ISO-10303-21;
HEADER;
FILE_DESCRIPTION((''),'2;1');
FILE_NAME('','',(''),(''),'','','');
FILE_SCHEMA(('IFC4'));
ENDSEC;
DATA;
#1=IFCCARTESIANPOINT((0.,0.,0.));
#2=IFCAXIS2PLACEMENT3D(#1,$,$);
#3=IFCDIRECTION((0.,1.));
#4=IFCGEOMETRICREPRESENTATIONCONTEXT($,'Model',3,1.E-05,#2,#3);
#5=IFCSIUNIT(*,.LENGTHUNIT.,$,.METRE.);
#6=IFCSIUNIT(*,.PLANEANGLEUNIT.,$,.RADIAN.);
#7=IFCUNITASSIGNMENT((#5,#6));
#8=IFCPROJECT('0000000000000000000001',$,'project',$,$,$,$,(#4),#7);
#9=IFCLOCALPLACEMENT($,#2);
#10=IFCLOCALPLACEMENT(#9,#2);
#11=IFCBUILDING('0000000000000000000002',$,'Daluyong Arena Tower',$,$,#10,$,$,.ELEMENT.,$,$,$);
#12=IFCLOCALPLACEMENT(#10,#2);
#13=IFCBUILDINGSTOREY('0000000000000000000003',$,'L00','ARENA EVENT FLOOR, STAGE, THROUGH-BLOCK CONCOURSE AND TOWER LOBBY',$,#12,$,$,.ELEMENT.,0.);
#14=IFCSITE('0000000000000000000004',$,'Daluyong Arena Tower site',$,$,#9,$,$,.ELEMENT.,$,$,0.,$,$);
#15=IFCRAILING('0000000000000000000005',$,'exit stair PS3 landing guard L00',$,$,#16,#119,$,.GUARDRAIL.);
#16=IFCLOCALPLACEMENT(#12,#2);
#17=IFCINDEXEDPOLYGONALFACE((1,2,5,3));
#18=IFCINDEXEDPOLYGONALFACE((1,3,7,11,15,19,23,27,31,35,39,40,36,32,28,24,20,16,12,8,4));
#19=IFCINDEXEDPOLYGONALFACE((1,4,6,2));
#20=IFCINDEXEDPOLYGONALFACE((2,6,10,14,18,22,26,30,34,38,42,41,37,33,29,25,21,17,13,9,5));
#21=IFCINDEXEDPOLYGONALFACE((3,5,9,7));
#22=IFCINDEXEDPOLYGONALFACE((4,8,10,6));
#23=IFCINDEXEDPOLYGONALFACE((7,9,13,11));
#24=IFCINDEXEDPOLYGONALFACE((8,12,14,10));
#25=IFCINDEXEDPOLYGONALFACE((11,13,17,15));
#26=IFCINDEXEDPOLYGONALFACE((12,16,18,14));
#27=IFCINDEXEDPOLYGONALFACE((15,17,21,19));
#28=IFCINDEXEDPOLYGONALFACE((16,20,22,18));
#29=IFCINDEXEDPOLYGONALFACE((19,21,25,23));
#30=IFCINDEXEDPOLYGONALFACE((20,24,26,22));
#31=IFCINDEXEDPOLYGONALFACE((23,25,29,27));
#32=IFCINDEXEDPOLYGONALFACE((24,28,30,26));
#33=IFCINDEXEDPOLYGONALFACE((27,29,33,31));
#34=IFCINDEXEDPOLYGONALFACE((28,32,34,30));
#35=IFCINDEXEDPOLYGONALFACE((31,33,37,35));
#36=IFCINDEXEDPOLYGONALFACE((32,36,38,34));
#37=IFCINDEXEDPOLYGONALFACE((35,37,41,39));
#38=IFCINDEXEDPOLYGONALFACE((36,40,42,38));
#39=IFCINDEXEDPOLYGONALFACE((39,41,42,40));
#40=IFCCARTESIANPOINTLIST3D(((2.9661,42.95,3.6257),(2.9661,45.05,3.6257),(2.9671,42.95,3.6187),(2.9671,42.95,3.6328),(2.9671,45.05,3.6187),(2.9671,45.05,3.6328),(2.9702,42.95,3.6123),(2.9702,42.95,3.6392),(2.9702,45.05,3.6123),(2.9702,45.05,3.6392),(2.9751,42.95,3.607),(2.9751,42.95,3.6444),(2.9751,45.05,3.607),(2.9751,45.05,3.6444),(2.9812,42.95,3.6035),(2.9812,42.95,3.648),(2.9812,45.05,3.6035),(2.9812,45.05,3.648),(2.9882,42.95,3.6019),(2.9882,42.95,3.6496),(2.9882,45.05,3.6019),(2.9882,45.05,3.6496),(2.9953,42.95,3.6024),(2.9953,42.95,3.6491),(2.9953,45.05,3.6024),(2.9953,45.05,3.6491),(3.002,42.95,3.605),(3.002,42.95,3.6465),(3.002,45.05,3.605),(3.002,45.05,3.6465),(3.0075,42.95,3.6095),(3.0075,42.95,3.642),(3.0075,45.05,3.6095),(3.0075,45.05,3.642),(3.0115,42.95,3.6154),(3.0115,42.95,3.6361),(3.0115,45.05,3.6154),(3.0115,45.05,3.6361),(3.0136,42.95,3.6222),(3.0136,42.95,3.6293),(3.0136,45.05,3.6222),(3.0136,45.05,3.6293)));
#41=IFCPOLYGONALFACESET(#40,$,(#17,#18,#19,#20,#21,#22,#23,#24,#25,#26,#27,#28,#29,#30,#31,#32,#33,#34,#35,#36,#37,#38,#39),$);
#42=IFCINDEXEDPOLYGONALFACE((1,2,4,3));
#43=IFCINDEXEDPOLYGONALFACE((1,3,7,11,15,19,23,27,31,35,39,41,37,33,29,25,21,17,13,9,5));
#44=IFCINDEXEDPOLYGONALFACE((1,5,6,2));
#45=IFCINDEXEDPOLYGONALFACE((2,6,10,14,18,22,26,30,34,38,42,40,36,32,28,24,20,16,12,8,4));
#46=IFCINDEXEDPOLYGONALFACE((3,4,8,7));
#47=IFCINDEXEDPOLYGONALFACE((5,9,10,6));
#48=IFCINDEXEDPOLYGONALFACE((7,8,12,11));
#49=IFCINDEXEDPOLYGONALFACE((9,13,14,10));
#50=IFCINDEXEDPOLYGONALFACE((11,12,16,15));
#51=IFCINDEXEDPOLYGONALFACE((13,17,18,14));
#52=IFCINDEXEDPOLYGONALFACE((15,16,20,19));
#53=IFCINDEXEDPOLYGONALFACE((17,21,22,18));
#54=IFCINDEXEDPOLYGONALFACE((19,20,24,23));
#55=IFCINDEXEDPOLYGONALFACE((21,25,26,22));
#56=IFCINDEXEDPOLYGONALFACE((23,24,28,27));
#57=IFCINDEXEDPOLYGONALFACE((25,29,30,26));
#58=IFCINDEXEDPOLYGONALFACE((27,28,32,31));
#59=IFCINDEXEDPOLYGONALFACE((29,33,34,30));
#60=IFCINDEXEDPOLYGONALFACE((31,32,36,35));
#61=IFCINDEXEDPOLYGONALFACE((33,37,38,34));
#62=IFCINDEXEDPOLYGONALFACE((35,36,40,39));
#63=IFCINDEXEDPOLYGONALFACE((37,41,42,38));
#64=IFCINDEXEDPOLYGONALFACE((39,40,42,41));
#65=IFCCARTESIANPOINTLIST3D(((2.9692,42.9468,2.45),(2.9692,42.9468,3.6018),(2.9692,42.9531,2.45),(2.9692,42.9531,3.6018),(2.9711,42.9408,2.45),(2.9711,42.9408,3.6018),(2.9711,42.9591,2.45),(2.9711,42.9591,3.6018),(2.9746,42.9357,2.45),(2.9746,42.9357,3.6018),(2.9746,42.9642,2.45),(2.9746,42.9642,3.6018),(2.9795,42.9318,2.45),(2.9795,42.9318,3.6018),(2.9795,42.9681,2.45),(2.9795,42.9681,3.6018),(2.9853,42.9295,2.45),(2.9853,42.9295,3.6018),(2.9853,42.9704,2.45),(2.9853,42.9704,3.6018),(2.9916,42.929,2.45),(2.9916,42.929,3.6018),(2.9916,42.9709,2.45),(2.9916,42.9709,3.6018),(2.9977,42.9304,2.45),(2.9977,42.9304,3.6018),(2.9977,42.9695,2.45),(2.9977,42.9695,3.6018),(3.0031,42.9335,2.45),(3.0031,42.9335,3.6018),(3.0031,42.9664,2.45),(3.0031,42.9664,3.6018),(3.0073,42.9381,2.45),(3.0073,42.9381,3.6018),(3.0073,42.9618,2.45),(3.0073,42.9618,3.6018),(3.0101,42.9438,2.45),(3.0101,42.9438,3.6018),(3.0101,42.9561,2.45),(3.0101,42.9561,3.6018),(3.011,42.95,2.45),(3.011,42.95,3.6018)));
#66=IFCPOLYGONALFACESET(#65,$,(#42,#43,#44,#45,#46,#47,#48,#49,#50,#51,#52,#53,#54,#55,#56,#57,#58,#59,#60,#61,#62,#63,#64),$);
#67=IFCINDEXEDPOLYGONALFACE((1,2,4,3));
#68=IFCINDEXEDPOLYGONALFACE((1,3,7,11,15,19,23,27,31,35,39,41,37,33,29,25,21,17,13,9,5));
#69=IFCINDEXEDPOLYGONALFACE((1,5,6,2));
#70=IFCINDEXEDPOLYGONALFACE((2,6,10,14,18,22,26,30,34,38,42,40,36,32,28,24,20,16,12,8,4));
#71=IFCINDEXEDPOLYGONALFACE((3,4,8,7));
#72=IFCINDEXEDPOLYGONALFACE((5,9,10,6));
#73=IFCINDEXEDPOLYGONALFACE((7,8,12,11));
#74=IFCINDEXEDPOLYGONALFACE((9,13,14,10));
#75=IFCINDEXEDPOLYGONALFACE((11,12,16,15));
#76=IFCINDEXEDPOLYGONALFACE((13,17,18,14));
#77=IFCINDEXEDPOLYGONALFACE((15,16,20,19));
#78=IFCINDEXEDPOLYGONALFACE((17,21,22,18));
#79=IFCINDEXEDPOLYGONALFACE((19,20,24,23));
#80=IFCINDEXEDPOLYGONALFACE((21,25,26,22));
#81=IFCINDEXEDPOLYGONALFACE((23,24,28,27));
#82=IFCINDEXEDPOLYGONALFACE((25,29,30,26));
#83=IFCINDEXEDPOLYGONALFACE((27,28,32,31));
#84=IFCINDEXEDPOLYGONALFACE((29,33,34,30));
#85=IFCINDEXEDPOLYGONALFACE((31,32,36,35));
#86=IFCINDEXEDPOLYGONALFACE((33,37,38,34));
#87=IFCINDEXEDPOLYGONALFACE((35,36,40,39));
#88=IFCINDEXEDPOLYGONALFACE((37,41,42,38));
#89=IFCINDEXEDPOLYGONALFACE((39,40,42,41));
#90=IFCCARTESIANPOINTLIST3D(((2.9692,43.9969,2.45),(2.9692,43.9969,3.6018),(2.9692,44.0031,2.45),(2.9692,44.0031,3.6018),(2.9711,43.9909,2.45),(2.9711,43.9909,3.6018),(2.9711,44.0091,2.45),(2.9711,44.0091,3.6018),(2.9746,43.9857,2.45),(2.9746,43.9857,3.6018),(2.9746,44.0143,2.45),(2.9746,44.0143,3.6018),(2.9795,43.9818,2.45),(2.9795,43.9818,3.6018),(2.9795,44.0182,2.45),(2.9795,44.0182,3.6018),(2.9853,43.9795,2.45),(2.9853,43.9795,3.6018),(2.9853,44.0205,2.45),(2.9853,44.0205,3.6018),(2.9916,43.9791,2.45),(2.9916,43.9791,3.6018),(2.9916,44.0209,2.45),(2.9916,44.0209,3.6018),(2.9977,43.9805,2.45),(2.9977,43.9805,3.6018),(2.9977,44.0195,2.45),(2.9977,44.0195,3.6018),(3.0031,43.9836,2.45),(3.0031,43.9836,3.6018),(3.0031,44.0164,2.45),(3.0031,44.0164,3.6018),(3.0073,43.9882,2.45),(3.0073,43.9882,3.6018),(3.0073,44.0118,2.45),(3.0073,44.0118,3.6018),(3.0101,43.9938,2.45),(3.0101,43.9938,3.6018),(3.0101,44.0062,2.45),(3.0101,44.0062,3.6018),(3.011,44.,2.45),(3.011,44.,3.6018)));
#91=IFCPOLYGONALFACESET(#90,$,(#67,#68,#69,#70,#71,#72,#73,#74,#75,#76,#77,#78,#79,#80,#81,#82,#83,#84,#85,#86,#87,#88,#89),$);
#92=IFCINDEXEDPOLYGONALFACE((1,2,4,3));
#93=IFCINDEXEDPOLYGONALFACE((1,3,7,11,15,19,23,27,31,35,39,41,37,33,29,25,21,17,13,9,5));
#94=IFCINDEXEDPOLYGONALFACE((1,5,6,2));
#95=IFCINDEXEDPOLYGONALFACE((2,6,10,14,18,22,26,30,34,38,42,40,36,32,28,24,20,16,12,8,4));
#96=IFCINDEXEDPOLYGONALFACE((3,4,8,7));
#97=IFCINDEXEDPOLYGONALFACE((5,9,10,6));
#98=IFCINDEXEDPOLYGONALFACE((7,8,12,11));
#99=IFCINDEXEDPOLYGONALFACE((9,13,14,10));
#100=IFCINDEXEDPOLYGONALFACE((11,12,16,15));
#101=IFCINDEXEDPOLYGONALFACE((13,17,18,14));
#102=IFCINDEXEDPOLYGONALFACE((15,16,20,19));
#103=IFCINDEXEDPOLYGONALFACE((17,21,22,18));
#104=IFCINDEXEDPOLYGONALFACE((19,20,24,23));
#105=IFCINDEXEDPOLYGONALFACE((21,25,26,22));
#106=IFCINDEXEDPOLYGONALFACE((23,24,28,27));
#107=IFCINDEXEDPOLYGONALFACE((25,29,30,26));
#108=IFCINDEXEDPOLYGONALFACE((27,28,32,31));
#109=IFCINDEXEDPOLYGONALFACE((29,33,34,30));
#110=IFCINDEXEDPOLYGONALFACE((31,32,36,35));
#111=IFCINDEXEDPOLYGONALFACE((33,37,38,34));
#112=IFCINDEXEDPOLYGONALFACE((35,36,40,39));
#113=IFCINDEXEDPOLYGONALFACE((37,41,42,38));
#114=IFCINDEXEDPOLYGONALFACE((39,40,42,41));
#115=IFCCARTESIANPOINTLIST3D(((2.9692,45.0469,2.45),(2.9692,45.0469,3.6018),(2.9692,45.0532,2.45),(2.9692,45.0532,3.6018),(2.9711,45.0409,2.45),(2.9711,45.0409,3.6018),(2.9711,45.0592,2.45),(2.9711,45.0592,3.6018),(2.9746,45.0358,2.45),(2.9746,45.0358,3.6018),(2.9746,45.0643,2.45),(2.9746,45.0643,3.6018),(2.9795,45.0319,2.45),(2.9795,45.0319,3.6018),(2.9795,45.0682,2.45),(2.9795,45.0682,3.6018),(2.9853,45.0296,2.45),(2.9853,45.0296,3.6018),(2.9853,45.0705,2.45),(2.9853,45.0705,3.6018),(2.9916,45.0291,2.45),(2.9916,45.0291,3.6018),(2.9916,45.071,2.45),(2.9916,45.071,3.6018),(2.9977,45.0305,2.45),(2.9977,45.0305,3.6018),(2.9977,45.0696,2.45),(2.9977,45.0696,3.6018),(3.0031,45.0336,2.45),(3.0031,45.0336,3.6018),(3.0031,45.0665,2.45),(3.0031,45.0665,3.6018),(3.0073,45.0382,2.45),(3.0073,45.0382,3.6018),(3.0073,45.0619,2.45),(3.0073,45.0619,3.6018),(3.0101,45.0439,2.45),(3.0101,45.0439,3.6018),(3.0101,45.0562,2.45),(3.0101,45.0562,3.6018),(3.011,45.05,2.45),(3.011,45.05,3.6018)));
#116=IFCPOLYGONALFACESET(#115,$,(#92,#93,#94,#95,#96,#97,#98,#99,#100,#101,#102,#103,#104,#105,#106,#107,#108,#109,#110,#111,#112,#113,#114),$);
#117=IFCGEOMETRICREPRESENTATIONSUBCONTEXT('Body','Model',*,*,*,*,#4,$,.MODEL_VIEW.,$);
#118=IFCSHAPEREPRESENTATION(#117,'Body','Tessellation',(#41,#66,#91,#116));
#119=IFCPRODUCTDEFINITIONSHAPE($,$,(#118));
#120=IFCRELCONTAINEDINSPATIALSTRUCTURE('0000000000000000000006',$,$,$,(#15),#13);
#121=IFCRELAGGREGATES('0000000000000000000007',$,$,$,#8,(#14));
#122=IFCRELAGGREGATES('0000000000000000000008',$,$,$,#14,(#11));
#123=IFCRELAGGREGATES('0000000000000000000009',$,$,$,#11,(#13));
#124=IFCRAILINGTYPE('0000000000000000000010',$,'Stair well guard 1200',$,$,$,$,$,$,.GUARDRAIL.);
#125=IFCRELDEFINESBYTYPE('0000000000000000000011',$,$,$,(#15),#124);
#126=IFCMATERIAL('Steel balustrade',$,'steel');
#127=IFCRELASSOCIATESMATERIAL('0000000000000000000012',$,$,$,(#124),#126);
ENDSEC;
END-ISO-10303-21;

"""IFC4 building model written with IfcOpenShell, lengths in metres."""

from ifc_helpers import new_model, si_unit, direction, frame, origin, origin_2d, place, context, subcontext, project, spatial, circle, extrude, material, type_object, element, save


model = new_model("IFC4")

# Units and contexts
model_context = context("Model", 3, precision=1e-05, world=origin(), true_north=direction((0.0, 1.0)))
body_context = subcontext(model_context, "Body", "Model", "MODEL_VIEW")
ifc_project = project(units=[si_unit("LENGTHUNIT", "METRE"), si_unit("PLANEANGLEUNIT", "RADIAN")], contexts=[model_context])

# Site, building, storey
site_placement = place(None, origin())
site = spatial("IfcSite", under=ifc_project, at=site_placement, Name="Daluyong Arena Tower site", CompositionType="ELEMENT", RefElevation=0.0)
building_placement = place(site_placement, origin())
building = spatial("IfcBuilding", under=site, at=building_placement, Name="Daluyong Arena Tower", CompositionType="ELEMENT")
storey_placement = place(building_placement, origin())
storey = spatial("IfcBuildingStorey", under=building, at=storey_placement, Name="L00", Description="ARENA EVENT FLOOR, STAGE, THROUGH-BLOCK CONCOURSE AND TOWER LOBBY", CompositionType="ELEMENT", Elevation=0.0)

# Railing
ifc_material_1 = material(Name="Steel balustrade", Category="steel")
railing_type_1 = type_object("IfcRailingType", Name="Stair well guard 1200", PredefinedType="GUARDRAIL", material=ifc_material_1)
railing_1_placement = place(storey_placement, frame((2.99, 42.95, 2.45)))
element("IfcRailing", 1, at=railing_1_placement, inside=storey, type_object=railing_type_1, Name="exit stair PS3 landing guard L00", PredefinedType="GUARDRAIL", context=body_context, shape_type="SweptSolid", body=[
    extrude(circle(Radius=0.0239, at=origin_2d()), frame((0.0, 0.0, 1.1758), z_axis=(0.0, 1.0, 0.0), x_axis=(-1.0, 0.0, 0.0)), (0.0, 0.0, 1.0), 2.1001),
    extrude(circle(Radius=0.021, at=origin_2d()), origin(), (0.0, 0.0, 1.0), 1.1519),
    extrude(circle(Radius=0.021, at=origin_2d()), frame((0.0, 1.05, 0.0)), (0.0, 0.0, 1.0), 1.1519),
    extrude(circle(Radius=0.021, at=origin_2d()), frame((0.0, 2.1001, 0.0)), (0.0, 0.0, 1.0), 1.1519),
])

save(model, "model.ifc")
